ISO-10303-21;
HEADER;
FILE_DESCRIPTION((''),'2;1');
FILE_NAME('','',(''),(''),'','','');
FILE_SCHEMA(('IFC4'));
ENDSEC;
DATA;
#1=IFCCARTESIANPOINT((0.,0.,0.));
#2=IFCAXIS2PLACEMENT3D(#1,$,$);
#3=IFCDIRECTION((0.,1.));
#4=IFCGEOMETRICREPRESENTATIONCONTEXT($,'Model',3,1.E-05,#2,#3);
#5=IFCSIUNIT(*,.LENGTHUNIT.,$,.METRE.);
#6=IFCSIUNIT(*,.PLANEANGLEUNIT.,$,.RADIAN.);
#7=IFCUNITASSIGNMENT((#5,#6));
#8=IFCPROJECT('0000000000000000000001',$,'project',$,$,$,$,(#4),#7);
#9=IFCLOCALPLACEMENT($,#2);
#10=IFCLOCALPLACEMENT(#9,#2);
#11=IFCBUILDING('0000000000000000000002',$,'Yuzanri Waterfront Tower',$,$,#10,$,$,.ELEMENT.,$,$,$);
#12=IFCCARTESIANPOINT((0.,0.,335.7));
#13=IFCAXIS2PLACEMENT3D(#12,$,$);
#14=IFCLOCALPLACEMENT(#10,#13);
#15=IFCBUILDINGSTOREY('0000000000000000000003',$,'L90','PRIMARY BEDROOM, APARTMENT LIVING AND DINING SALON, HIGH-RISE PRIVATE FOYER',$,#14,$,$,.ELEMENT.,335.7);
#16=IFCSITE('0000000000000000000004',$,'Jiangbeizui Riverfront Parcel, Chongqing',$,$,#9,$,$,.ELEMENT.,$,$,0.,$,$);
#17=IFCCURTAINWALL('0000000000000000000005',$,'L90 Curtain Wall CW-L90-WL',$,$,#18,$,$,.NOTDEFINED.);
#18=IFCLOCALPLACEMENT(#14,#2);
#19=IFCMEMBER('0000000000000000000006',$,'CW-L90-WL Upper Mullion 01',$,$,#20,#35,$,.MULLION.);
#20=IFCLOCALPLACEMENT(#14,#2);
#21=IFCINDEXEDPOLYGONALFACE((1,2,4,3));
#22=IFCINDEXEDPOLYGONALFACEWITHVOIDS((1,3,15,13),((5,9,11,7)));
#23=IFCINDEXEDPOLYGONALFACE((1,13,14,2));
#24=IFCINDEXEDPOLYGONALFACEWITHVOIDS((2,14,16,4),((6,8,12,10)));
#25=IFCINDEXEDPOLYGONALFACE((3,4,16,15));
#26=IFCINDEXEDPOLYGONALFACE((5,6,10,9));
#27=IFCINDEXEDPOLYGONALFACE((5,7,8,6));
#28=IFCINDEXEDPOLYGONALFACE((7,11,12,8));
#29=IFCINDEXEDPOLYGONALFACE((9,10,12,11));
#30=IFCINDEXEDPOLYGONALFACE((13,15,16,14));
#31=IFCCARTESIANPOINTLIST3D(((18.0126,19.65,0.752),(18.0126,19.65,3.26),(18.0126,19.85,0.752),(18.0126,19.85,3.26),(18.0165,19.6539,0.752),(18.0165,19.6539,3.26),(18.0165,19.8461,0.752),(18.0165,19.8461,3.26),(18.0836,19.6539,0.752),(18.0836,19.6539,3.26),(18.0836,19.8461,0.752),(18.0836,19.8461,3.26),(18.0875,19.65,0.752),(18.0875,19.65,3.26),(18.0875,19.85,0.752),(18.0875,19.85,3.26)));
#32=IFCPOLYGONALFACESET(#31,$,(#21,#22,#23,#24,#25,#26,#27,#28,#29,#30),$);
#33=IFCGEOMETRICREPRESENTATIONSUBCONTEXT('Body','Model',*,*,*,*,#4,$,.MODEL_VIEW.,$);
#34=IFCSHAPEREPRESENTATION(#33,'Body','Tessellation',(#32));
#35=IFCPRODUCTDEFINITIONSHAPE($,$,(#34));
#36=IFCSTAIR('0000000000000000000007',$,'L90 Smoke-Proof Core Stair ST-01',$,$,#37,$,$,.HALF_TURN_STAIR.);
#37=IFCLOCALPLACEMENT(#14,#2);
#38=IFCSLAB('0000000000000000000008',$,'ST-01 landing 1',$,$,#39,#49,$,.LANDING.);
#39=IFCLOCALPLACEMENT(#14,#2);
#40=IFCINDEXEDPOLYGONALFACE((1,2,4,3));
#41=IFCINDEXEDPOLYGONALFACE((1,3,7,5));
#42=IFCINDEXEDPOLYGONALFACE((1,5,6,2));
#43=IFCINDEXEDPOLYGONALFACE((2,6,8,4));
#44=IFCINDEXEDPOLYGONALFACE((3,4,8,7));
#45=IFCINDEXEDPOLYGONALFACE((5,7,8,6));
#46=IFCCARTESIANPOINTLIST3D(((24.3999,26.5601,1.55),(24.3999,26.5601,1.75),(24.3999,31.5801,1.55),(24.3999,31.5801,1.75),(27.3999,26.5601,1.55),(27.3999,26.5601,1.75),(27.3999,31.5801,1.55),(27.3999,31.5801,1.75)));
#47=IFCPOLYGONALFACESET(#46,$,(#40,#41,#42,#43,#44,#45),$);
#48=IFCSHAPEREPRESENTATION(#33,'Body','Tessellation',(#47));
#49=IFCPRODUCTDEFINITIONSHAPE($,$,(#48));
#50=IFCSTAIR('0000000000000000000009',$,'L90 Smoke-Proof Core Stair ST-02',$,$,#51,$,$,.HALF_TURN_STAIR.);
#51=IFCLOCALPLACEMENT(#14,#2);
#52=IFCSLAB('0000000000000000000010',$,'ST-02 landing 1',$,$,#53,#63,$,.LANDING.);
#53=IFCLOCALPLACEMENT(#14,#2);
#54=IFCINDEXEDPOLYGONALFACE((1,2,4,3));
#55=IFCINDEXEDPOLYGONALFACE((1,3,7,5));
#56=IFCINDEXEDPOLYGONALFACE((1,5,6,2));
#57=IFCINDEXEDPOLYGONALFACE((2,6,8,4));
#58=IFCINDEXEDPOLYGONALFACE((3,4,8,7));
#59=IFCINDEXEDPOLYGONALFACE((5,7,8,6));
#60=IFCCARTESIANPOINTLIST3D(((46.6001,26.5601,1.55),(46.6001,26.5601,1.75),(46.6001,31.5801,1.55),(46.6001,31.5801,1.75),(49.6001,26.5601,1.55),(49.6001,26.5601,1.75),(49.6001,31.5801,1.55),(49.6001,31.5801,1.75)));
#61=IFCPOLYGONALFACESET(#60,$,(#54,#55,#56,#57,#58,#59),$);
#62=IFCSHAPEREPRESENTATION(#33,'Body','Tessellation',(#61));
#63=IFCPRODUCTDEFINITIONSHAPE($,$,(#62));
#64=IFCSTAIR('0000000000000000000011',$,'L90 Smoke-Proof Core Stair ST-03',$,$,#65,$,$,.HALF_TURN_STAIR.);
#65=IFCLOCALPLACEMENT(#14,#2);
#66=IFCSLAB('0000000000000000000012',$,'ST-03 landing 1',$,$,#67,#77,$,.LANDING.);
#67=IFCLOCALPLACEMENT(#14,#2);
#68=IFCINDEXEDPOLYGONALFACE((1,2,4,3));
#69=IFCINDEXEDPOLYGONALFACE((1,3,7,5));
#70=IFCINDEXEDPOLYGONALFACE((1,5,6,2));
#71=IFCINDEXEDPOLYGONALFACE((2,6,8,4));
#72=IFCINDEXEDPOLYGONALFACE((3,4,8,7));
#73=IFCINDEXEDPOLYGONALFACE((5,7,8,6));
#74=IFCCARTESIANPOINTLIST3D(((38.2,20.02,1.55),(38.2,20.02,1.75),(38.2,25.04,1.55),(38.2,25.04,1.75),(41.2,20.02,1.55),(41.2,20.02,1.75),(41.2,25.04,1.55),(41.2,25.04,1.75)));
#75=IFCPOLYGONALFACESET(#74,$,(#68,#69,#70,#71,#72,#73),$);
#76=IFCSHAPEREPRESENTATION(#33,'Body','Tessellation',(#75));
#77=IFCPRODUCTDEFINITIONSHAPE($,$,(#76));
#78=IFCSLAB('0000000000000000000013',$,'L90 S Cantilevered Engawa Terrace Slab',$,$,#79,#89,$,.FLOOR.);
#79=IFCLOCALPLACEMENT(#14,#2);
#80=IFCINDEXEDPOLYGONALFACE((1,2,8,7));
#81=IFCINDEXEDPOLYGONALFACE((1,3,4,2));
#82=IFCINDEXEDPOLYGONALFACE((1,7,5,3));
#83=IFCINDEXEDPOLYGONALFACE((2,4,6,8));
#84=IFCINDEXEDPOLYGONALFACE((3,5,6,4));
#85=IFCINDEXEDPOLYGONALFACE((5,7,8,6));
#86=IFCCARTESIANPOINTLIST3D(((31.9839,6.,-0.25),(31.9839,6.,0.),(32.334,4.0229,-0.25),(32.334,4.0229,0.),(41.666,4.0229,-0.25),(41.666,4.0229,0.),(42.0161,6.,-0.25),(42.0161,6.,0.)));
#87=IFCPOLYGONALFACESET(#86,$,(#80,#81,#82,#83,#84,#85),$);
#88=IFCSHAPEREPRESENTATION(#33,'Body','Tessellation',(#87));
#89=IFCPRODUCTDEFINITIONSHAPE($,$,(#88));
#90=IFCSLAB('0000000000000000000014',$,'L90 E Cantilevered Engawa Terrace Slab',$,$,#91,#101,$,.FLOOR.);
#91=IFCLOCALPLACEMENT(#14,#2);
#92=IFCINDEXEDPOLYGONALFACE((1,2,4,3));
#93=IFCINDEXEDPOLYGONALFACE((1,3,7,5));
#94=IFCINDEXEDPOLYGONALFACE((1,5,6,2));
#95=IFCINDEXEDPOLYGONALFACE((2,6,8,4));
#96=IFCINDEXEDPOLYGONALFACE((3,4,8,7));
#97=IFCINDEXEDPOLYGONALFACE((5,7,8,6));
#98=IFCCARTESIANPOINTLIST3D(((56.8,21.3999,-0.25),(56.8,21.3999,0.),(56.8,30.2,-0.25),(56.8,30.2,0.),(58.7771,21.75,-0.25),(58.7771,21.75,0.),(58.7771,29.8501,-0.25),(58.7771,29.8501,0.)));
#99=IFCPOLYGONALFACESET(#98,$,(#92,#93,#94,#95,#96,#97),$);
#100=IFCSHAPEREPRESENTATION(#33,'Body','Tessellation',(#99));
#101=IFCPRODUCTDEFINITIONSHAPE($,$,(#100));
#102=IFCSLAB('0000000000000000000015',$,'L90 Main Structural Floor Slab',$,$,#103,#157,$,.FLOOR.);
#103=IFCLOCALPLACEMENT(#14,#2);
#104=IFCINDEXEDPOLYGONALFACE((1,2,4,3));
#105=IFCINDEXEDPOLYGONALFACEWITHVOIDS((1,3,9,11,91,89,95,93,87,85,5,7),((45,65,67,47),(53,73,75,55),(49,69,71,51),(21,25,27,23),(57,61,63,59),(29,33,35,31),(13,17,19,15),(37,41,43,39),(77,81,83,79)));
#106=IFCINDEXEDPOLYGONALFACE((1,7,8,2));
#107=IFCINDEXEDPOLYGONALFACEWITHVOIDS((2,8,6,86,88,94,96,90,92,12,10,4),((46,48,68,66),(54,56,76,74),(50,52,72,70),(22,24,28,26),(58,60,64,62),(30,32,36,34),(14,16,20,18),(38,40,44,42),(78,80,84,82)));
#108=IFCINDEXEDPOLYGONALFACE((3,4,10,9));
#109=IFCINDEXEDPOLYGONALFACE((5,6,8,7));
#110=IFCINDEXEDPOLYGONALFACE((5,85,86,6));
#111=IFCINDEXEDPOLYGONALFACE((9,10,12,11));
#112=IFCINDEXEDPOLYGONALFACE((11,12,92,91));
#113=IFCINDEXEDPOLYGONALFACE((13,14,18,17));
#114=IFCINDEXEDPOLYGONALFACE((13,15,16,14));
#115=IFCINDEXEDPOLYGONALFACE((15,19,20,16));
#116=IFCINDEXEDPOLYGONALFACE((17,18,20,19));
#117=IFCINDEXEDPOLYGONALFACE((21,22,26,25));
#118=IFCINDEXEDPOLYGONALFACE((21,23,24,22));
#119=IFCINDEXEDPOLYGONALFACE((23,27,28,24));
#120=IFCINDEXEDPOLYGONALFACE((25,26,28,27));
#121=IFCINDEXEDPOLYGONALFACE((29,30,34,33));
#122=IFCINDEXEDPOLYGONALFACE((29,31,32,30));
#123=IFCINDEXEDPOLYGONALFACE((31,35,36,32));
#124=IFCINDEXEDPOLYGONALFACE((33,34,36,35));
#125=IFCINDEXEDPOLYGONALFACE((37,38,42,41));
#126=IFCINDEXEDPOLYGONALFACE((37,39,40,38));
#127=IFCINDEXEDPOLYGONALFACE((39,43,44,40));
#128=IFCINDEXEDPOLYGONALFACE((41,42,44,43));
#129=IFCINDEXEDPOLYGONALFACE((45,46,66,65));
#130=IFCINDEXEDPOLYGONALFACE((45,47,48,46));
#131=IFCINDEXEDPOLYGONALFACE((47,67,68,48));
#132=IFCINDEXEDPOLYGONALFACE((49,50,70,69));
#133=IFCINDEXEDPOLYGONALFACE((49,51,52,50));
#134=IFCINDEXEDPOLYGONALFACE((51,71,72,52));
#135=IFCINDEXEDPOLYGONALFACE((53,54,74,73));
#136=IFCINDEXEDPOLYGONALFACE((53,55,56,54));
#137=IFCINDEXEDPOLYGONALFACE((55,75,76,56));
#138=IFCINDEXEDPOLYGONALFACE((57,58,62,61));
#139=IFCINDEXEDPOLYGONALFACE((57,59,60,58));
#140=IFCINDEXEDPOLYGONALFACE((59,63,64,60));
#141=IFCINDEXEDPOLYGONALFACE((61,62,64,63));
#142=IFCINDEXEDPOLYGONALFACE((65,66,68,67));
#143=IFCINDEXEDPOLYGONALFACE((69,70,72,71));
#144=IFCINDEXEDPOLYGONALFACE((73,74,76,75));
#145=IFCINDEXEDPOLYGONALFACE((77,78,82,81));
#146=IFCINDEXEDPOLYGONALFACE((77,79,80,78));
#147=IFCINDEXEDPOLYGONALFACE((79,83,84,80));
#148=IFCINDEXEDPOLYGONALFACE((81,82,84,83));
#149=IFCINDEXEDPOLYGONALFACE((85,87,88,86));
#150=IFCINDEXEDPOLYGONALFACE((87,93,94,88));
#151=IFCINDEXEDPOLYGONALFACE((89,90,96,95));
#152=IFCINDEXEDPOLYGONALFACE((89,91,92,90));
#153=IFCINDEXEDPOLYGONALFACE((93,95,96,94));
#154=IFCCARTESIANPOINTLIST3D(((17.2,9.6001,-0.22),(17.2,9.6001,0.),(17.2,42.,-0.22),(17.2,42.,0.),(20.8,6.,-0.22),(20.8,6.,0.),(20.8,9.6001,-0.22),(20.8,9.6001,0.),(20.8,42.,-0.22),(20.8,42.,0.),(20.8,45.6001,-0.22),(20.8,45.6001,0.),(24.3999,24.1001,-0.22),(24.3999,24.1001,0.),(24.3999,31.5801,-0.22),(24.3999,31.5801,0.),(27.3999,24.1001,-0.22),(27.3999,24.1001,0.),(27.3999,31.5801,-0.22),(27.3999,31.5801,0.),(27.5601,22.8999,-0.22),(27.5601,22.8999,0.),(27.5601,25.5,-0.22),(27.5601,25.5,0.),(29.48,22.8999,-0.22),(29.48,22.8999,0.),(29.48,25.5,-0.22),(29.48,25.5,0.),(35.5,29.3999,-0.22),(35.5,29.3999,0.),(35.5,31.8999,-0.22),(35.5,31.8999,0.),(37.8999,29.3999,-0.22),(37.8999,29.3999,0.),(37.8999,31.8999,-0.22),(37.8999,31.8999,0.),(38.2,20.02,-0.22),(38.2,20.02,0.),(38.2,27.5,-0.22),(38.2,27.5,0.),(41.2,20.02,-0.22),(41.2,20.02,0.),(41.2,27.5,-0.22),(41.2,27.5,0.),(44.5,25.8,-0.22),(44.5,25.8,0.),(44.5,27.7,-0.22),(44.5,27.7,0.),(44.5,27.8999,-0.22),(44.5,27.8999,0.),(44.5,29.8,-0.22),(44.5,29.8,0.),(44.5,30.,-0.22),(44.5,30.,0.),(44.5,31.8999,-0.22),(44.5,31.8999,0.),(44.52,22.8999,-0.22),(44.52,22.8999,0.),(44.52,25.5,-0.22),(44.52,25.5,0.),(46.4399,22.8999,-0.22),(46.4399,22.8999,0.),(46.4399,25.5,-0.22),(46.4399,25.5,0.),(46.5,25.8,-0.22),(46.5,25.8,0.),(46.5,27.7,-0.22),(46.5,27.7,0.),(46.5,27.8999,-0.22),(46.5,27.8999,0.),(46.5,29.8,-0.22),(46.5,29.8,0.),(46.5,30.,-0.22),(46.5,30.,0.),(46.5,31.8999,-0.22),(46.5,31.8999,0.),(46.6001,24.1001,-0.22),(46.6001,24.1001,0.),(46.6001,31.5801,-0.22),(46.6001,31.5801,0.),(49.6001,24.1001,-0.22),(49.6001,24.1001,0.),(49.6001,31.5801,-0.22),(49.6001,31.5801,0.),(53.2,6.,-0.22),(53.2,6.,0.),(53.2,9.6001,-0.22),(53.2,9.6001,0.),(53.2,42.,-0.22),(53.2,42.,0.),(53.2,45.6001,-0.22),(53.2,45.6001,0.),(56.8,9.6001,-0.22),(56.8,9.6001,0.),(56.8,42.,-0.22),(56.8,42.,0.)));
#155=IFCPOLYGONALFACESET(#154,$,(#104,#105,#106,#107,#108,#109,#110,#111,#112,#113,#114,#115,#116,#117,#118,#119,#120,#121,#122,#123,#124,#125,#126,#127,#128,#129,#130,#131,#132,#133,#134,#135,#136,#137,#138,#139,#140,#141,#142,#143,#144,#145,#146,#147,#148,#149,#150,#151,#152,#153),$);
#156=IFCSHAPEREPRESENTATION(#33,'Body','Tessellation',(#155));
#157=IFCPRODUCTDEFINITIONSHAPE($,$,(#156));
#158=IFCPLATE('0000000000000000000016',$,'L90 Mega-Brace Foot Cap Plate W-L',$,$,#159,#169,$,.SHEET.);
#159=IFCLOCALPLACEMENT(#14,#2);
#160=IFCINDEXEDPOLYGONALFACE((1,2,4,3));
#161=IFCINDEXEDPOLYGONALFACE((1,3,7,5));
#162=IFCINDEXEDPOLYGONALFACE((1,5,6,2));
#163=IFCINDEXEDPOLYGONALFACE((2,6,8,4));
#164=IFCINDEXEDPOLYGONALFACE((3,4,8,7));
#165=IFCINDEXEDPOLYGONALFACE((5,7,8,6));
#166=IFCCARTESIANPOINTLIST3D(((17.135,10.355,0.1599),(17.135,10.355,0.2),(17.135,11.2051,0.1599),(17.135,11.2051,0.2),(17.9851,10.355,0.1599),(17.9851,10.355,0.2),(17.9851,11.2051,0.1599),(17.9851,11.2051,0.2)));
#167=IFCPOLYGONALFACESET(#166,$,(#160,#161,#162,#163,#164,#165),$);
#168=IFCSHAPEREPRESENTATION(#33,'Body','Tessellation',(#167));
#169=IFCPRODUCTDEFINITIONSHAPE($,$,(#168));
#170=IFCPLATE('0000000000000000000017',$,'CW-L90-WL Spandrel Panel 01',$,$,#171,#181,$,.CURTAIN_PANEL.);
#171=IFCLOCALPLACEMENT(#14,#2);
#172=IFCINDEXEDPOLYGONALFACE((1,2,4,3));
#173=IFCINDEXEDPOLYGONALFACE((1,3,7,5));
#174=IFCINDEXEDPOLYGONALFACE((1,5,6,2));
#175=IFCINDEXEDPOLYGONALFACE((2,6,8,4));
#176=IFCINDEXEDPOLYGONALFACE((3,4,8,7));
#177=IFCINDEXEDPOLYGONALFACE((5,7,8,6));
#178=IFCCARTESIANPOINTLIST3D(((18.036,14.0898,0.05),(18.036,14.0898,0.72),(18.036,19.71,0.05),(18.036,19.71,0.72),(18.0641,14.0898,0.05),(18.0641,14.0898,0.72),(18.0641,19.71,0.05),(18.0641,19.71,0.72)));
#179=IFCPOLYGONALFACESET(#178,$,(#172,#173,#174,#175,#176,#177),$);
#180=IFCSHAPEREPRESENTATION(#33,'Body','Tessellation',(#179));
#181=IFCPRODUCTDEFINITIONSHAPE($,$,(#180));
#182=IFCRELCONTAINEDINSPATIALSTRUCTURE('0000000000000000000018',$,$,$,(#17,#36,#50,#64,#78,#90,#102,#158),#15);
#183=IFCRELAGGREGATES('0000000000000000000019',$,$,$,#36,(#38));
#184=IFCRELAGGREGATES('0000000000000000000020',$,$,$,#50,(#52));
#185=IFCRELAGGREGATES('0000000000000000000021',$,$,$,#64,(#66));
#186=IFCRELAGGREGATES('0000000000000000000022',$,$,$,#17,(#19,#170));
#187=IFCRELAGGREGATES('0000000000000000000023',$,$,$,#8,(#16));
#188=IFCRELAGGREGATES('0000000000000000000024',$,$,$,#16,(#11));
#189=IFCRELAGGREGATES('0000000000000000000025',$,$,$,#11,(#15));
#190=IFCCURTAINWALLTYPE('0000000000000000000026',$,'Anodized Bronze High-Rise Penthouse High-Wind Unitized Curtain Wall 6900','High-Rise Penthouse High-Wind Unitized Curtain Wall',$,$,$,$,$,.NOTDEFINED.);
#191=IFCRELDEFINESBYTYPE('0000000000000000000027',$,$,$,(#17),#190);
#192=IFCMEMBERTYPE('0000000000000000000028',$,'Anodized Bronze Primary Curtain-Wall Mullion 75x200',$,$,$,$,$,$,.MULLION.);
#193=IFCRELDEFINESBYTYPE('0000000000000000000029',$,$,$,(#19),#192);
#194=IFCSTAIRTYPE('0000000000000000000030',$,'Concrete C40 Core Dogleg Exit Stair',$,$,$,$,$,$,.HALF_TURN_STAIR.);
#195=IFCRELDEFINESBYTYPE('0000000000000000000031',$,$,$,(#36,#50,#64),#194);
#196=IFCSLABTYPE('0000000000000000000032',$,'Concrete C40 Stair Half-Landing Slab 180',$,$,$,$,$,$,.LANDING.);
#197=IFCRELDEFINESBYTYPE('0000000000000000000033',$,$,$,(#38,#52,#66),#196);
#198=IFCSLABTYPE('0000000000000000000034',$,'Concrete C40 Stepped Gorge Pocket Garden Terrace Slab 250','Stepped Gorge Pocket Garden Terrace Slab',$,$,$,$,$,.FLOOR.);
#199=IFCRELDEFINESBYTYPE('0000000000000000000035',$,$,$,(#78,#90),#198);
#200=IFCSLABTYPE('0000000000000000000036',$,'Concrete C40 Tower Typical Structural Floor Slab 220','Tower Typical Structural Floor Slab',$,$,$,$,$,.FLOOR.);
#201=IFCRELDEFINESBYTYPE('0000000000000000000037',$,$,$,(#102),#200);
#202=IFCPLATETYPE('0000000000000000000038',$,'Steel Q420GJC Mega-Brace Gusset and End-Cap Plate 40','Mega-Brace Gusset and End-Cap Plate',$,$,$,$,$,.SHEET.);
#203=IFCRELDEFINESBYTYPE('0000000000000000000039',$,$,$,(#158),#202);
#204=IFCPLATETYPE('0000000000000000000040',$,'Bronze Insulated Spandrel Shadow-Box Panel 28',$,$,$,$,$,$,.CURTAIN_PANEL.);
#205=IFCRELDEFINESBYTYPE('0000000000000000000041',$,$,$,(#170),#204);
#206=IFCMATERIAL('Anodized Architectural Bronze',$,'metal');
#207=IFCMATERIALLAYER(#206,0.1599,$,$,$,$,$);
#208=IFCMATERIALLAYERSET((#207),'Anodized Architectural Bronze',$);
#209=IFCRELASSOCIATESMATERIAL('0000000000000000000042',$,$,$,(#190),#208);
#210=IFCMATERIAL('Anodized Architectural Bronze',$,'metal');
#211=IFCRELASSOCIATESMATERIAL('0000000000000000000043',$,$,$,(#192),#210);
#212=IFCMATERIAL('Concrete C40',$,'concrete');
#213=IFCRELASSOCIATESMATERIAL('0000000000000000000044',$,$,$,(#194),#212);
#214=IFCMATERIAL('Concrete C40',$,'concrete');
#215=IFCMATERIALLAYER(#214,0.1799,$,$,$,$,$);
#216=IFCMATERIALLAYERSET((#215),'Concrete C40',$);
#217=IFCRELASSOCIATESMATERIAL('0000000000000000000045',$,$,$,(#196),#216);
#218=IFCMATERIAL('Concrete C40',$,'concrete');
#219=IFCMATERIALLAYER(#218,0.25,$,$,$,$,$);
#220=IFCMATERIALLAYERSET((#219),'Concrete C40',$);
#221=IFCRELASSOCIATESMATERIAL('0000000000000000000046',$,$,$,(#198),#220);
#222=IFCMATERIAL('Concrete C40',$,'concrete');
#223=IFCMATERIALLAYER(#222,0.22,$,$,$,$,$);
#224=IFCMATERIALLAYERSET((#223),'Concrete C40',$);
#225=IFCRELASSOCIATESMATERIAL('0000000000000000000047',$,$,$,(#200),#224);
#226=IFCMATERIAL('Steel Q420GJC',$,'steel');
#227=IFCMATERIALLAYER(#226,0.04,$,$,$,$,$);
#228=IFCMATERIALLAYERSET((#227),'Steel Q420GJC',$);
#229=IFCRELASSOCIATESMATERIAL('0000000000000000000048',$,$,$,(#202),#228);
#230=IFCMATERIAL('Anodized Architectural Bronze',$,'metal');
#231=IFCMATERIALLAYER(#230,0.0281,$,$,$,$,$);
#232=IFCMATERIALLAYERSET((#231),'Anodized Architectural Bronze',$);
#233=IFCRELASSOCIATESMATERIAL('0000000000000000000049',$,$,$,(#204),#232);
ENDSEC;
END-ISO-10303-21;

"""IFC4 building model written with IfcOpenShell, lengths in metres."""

from ifc_helpers import new_model, si_unit, direction, frame, origin, origin_2d, place, context, subcontext, project, spatial, polyline, rectangle, hollow_rectangle, outline, extrude, source, transform, mapped, material, layer, layer_set, material_profile, profile_set, type_object, element, aggregate, save


model = new_model("IFC4")

# Units and contexts
model_context = context("Model", 3, precision=1e-05, world=origin(), true_north=direction((0.0, 1.0)))
body_context = subcontext(model_context, "Body", "Model", "MODEL_VIEW")
ifc_project = project(units=[si_unit("LENGTHUNIT", "METRE"), si_unit("PLANEANGLEUNIT", "RADIAN")], contexts=[model_context])

# Site, building, storey
site_placement = place(None, origin())
site = spatial("IfcSite", under=ifc_project, at=site_placement, Name="Jiangbeizui Riverfront Parcel, Chongqing", CompositionType="ELEMENT", RefElevation=0.0)
building_placement = place(site_placement, origin())
building = spatial("IfcBuilding", under=site, at=building_placement, Name="Yuzanri Waterfront Tower", CompositionType="ELEMENT")
storey_placement = place(building_placement, frame((0.0, 0.0, 335.7)))
storey = spatial("IfcBuildingStorey", under=building, at=storey_placement, Name="L90", Description="PRIMARY BEDROOM, APARTMENT LIVING AND DINING SALON, HIGH-RISE PRIVATE FOYER", CompositionType="ELEMENT", Elevation=335.7)

# Curtain wall, member
ifc_material_1 = material(Name="Anodized Architectural Bronze", Category="metal")
ifc_layer_1 = layer(ifc_material_1, 0.1599)
ifc_layer_set_1 = layer_set([ifc_layer_1], Name="Anodized Architectural Bronze")
curtain_wall_type = type_object("IfcCurtainWallType", Name="Anodized Bronze High-Rise Penthouse High-Wind Unitized Curtain Wall 6900", Description="High-Rise Penthouse High-Wind Unitized Curtain Wall", PredefinedType="NOTDEFINED", material=ifc_layer_set_1)
curtain_wall_placement = place(storey_placement, origin())
curtain_wall = element("IfcCurtainWall", 1, at=curtain_wall_placement, inside=storey, type_object=curtain_wall_type, Name="L90 Curtain Wall CW-L90-WL", PredefinedType="NOTDEFINED")
ifc_material_2 = material(Name="Anodized Architectural Bronze", Category="metal")
ifc_material_profile_1 = material_profile(ifc_material_2, hollow_rectangle(XDim=0.075, YDim=0.2, WallThickness=0.0039, at=origin_2d()), Name="CWM 75x200")
ifc_profile_set_1 = profile_set([ifc_material_profile_1], Name="Anodized Architectural Bronze")
member_type_1 = type_object("IfcMemberType", Name="Anodized Bronze Primary Curtain-Wall Mullion 75x200", PredefinedType="MULLION", material=ifc_profile_set_1)
shared_shape_1 = source(origin(), body_context, "Body", "SweptSolid", [
    extrude(hollow_rectangle(XDim=0.075, YDim=0.2, WallThickness=0.0039, at=origin_2d()), origin(), (0.0, 0.0, 1.0), 2.5081),
])
member_1_placement = place(storey_placement, frame((18.05, 19.75, 0.752), z_axis=(0.0, 0.0, 1.0), x_axis=(1.0, 0.0, 0.0)))
member_1 = element("IfcMember", 2, at=member_1_placement, type_object=member_type_1, Name="CW-L90-WL Upper Mullion 01", PredefinedType="MULLION", context=body_context, shape_type="MappedRepresentation", body=[
    mapped(shared_shape_1, transform((0.0, 0.0, 0.0), scale=1.0)),
])

# Stairs, slabs
ifc_material_3 = material(Name="Concrete C40", Category="concrete")
stair_type = type_object("IfcStairType", Name="Concrete C40 Core Dogleg Exit Stair", PredefinedType="HALF_TURN_STAIR", material=ifc_material_3)
stair_1_placement = place(storey_placement, origin())
stair_1 = element("IfcStair", 3, at=stair_1_placement, inside=storey, type_object=stair_type, Name="L90 Smoke-Proof Core Stair ST-01", PredefinedType="HALF_TURN_STAIR")
ifc_material_4 = material(Name="Concrete C40", Category="concrete")
ifc_layer_2 = layer(ifc_material_4, 0.1799)
ifc_layer_set_2 = layer_set([ifc_layer_2], Name="Concrete C40")
slab_type_1 = type_object("IfcSlabType", Name="Concrete C40 Stair Half-Landing Slab 180", PredefinedType="LANDING", material=ifc_layer_set_2)
slab_1_placement = place(storey_placement, frame((0.0, 0.0, 1.55)))
slab_1 = element("IfcSlab", 4, at=slab_1_placement, type_object=slab_type_1, Name="ST-01 landing 1", PredefinedType="LANDING", context=body_context, shape_type="SweptSolid", body=[
    extrude(outline(polyline([(27.3999, 26.5601), (27.3999, 31.5801), (24.3999, 31.5801), (24.3999, 26.5601), (27.3999, 26.5601)])), origin(), (0.0, 0.0, 1.0), 0.2),
])
aggregate(stair_1, [slab_1])
stair_2_placement = place(storey_placement, origin())
stair_2 = element("IfcStair", 5, at=stair_2_placement, inside=storey, type_object=stair_type, Name="L90 Smoke-Proof Core Stair ST-02", PredefinedType="HALF_TURN_STAIR")
slab_2_placement = place(storey_placement, frame((0.0, 0.0, 1.55)))
slab_2 = element("IfcSlab", 6, at=slab_2_placement, type_object=slab_type_1, Name="ST-02 landing 1", PredefinedType="LANDING", context=body_context, shape_type="SweptSolid", body=[
    extrude(outline(polyline([(49.6001, 26.5601), (49.6001, 31.5801), (46.6001, 31.5801), (46.6001, 26.5601), (49.6001, 26.5601)])), origin(), (0.0, 0.0, 1.0), 0.2),
])
aggregate(stair_2, [slab_2])
stair_3_placement = place(storey_placement, origin())
stair_3 = element("IfcStair", 7, at=stair_3_placement, inside=storey, type_object=stair_type, Name="L90 Smoke-Proof Core Stair ST-03", PredefinedType="HALF_TURN_STAIR")
slab_3_placement = place(storey_placement, frame((0.0, 0.0, 1.55)))
slab_3 = element("IfcSlab", 8, at=slab_3_placement, type_object=slab_type_1, Name="ST-03 landing 1", PredefinedType="LANDING", context=body_context, shape_type="SweptSolid", body=[
    extrude(outline(polyline([(38.2, 25.04), (38.2, 20.02), (41.2, 20.02), (41.2, 25.04), (38.2, 25.04)])), origin(), (0.0, 0.0, 1.0), 0.2),
])
aggregate(stair_3, [slab_3])

# Slabs
ifc_material_5 = material(Name="Concrete C40", Category="concrete")
ifc_layer_3 = layer(ifc_material_5, 0.25)
ifc_layer_set_3 = layer_set([ifc_layer_3], Name="Concrete C40")
slab_type_2 = type_object("IfcSlabType", Name="Concrete C40 Stepped Gorge Pocket Garden Terrace Slab 250", Description="Stepped Gorge Pocket Garden Terrace Slab", PredefinedType="FLOOR", material=ifc_layer_set_3)
slab_4_placement = place(storey_placement, frame((0.0, 0.0, -0.25)))
element("IfcSlab", 9, at=slab_4_placement, inside=storey, type_object=slab_type_2, Name="L90 S Cantilevered Engawa Terrace Slab", PredefinedType="FLOOR", context=body_context, shape_type="SweptSolid", body=[
    extrude(outline(polyline([(31.9839, 6.0), (42.0161, 6.0), (41.666, 4.0229), (32.334, 4.0229), (31.9839, 6.0)])), origin(), (0.0, 0.0, 1.0), 0.25),
])
slab_5_placement = place(storey_placement, frame((0.0, 0.0, -0.25)))
element("IfcSlab", 10, at=slab_5_placement, inside=storey, type_object=slab_type_2, Name="L90 E Cantilevered Engawa Terrace Slab", PredefinedType="FLOOR", context=body_context, shape_type="SweptSolid", body=[
    extrude(outline(polyline([(56.8, 21.3999), (58.7771, 21.75), (58.7771, 29.8501), (56.8, 30.2), (56.8, 21.3999)])), origin(), (0.0, 0.0, 1.0), 0.25),
])
ifc_material_6 = material(Name="Concrete C40", Category="concrete")
ifc_layer_4 = layer(ifc_material_6, 0.22)
ifc_layer_set_4 = layer_set([ifc_layer_4], Name="Concrete C40")
slab_type_3 = type_object("IfcSlabType", Name="Concrete C40 Tower Typical Structural Floor Slab 220", Description="Tower Typical Structural Floor Slab", PredefinedType="FLOOR", material=ifc_layer_set_4)
slab_6_placement = place(storey_placement, frame((0.0, 0.0, -0.22)))
element("IfcSlab", 11, at=slab_6_placement, inside=storey, type_object=slab_type_3, Name="L90 Main Structural Floor Slab", PredefinedType="FLOOR", context=body_context, shape_type="SweptSolid", body=[
    extrude(outline(polyline([(20.8, 6.0), (53.2, 6.0), (53.2, 9.6001), (56.8, 9.6001), (56.8, 42.0), (53.2, 42.0), (53.2, 45.6001), (20.8, 45.6001), (20.8, 42.0), (17.2, 42.0), (17.2, 9.6001), (20.8, 9.6001), (20.8, 6.0)]), holes=[polyline([(27.3999, 24.1001), (27.3999, 31.5801), (24.3999, 31.5801), (24.3999, 24.1001), (27.3999, 24.1001)]), polyline([(49.6001, 24.1001), (49.6001, 31.5801), (46.6001, 31.5801), (46.6001, 24.1001), (49.6001, 24.1001)]), polyline([(38.2, 27.5), (38.2, 20.02), (41.2, 20.02), (41.2, 27.5), (38.2, 27.5)]), polyline([(27.5601, 22.8999), (29.48, 22.8999), (29.48, 25.5), (27.5601, 25.5), (27.5601, 22.8999)]), polyline([(44.52, 22.8999), (46.4399, 22.8999), (46.4399, 25.5), (44.52, 25.5), (44.52, 22.8999)]), polyline([(35.5, 29.3999), (37.8999, 29.3999), (37.8999, 31.8999), (35.5, 31.8999), (35.5, 29.3999)]), polyline([(44.5, 25.8), (46.5, 25.8), (46.5, 27.7), (44.5, 27.7), (44.5, 25.8)]), polyline([(44.5, 27.8999), (46.5, 27.8999), (46.5, 29.8), (44.5, 29.8), (44.5, 27.8999)]), polyline([(44.5, 30.0), (46.5, 30.0), (46.5, 31.8999), (44.5, 31.8999), (44.5, 30.0)])]), origin(), (0.0, 0.0, 1.0), 0.22),
])

# Plates
ifc_material_7 = material(Name="Steel Q420GJC", Category="steel")
ifc_layer_5 = layer(ifc_material_7, 0.04)
ifc_layer_set_5 = layer_set([ifc_layer_5], Name="Steel Q420GJC")
plate_type_1 = type_object("IfcPlateType", Name="Steel Q420GJC Mega-Brace Gusset and End-Cap Plate 40", Description="Mega-Brace Gusset and End-Cap Plate", PredefinedType="SHEET", material=ifc_layer_set_5)
shared_shape_2 = source(origin(), body_context, "Body", "SweptSolid", [
    extrude(rectangle(XDim=0.8501, YDim=0.8501, at=origin_2d()), origin(), (0.0, 0.0, 1.0), 0.04),
])
plate_1_placement = place(storey_placement, frame((17.5601, 10.78, 0.1599), z_axis=(0.0, 0.0, 1.0), x_axis=(1.0, 0.0, 0.0)))
element("IfcPlate", 12, at=plate_1_placement, inside=storey, type_object=plate_type_1, Name="L90 Mega-Brace Foot Cap Plate W-L", PredefinedType="SHEET", context=body_context, shape_type="MappedRepresentation", body=[
    mapped(shared_shape_2, transform((0.0, 0.0, 0.0), scale=1.0)),
])
ifc_material_8 = material(Name="Anodized Architectural Bronze", Category="metal")
ifc_layer_6 = layer(ifc_material_8, 0.0281)
ifc_layer_set_6 = layer_set([ifc_layer_6], Name="Anodized Architectural Bronze")
plate_type_2 = type_object("IfcPlateType", Name="Bronze Insulated Spandrel Shadow-Box Panel 28", PredefinedType="CURTAIN_PANEL", material=ifc_layer_set_6)
shared_shape_3 = source(origin(), body_context, "Body", "SweptSolid", [
    extrude(rectangle(XDim=5.6201, YDim=0.0281, at=origin_2d()), origin(), (0.0, 0.0, 1.0), 0.6699),
])
plate_2_placement = place(storey_placement, frame((18.05, 16.8999, 0.05), z_axis=(0.0, 0.0, 1.0), x_axis=(0.0, 1.0, 0.0)))
plate_2 = element("IfcPlate", 13, at=plate_2_placement, type_object=plate_type_2, Name="CW-L90-WL Spandrel Panel 01", PredefinedType="CURTAIN_PANEL", context=body_context, shape_type="MappedRepresentation", body=[
    mapped(shared_shape_3, transform((0.0, 0.0, 0.0), scale=1.0)),
])
aggregate(curtain_wall, [member_1, plate_2])

save(model, "model.ifc")
